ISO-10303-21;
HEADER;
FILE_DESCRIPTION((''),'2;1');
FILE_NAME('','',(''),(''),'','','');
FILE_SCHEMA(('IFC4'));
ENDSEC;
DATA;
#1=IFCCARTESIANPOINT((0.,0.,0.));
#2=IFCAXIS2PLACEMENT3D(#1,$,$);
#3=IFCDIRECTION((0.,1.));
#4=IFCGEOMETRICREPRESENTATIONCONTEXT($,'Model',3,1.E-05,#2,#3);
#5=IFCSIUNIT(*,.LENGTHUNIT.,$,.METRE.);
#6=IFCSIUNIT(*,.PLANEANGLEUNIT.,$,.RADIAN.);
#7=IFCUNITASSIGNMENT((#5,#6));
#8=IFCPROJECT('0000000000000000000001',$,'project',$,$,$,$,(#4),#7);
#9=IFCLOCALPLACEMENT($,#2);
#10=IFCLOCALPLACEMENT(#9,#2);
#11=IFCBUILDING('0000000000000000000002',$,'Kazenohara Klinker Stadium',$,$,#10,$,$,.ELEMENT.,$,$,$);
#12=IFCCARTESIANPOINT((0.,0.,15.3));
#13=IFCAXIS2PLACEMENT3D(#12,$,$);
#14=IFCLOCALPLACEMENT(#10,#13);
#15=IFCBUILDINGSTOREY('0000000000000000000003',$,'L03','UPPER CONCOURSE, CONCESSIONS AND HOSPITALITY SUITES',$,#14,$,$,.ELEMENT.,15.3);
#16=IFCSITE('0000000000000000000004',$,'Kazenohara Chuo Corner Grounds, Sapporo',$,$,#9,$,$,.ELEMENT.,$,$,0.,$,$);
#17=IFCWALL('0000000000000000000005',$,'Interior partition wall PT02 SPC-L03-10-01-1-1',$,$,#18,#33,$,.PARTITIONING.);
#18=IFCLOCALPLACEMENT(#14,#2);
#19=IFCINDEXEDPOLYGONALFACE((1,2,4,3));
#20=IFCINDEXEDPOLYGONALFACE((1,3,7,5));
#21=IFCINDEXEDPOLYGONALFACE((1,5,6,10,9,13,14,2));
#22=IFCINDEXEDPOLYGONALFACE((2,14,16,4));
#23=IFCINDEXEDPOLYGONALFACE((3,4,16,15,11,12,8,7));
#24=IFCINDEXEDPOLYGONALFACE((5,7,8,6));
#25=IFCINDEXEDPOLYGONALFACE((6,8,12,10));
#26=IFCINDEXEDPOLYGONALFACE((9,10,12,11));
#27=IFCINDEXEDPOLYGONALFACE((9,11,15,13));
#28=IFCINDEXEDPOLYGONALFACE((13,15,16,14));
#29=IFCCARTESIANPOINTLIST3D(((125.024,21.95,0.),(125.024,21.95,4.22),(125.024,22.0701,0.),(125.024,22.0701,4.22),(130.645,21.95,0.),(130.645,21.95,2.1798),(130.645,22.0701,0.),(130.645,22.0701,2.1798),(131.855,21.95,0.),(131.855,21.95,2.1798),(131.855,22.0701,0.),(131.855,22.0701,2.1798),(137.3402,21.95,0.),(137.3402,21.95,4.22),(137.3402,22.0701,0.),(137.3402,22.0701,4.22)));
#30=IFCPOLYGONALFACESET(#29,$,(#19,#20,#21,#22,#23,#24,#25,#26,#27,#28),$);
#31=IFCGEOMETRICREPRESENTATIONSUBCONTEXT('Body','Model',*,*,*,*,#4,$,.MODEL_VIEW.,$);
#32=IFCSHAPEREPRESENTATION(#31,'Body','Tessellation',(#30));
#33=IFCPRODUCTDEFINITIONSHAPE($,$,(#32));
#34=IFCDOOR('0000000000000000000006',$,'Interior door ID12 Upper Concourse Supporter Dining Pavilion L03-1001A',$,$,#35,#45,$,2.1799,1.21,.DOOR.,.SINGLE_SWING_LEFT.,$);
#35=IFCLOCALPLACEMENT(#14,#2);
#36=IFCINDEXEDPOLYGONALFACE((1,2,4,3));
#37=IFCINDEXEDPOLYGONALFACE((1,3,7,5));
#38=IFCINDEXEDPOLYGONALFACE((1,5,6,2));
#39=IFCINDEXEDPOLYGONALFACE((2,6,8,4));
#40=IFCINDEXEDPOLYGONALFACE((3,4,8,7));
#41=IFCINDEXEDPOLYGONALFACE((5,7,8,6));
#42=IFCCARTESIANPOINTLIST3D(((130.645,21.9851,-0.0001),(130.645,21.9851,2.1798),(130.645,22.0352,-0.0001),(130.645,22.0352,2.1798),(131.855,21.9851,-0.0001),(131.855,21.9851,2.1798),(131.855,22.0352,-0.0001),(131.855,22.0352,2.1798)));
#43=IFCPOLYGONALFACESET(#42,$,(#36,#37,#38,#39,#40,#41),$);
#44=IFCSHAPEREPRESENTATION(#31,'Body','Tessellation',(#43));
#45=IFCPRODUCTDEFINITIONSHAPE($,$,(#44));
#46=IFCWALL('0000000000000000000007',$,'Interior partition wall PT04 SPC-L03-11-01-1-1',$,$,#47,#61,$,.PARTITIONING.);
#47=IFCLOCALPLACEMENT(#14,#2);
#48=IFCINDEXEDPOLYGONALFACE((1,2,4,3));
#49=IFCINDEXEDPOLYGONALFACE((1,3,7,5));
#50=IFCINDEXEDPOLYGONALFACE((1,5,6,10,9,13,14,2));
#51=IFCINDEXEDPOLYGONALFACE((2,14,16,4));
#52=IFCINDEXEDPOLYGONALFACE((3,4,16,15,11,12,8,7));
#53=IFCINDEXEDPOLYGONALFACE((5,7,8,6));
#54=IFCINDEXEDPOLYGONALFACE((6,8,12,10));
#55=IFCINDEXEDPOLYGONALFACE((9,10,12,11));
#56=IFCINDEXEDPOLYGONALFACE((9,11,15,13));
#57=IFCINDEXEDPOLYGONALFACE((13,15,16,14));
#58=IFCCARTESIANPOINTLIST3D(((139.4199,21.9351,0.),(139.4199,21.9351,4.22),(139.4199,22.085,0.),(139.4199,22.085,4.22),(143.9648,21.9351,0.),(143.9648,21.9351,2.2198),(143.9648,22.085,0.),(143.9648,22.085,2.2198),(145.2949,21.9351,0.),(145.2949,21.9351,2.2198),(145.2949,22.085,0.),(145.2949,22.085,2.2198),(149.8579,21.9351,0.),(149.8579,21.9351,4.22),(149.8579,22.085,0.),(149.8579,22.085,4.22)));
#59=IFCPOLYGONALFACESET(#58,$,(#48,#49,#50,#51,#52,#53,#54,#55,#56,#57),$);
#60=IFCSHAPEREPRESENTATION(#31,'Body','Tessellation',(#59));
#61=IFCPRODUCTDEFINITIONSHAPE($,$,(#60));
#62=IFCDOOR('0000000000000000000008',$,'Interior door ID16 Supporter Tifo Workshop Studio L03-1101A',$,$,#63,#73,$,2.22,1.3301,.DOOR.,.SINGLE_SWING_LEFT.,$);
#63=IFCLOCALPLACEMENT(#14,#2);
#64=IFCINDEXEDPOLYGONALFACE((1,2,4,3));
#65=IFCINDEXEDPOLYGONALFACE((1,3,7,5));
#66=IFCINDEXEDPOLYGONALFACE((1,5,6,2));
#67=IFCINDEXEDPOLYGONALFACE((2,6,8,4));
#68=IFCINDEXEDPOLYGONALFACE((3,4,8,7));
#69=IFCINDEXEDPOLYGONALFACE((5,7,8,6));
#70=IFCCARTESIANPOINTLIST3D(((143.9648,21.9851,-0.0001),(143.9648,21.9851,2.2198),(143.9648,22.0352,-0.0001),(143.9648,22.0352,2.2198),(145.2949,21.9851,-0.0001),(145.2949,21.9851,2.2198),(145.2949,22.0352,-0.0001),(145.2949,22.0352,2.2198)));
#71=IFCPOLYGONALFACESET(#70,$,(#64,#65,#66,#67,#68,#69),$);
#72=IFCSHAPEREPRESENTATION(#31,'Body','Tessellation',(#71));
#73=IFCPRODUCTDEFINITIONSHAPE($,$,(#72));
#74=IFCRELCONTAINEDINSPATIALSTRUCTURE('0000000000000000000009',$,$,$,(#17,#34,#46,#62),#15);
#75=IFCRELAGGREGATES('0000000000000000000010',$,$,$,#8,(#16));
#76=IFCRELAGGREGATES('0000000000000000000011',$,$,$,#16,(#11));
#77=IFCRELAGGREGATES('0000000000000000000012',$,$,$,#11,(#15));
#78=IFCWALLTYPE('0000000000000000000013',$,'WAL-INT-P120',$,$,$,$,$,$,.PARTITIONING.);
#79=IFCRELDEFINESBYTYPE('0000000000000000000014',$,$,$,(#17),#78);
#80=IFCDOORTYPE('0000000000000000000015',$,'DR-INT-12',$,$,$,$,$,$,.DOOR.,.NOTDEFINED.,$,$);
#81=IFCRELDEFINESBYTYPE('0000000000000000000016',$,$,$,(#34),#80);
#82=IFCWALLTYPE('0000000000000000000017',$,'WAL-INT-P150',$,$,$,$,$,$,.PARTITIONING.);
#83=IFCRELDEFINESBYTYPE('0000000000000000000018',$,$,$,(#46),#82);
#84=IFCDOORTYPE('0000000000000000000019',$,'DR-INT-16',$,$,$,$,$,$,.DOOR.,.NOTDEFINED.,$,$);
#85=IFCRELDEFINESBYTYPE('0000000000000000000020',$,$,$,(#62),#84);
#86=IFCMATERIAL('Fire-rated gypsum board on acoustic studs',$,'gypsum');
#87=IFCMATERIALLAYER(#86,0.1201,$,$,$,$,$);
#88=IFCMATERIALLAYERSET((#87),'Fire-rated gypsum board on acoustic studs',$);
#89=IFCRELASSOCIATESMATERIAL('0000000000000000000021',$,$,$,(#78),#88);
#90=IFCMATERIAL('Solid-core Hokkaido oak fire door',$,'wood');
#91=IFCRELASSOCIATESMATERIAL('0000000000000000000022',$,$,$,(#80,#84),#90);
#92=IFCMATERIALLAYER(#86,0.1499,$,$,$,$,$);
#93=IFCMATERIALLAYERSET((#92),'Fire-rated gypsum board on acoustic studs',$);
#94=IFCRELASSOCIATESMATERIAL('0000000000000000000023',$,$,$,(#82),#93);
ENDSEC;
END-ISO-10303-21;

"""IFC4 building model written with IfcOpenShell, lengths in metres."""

from ifc_helpers import new_model, si_unit, direction, frame, frame_2d, origin, place, context, subcontext, project, spatial, rectangle, extrude, material, layer, layer_set, type_object, element, fill, save


model = new_model("IFC4")

# Units and contexts
model_context = context("Model", 3, precision=1e-05, world=origin(), true_north=direction((0.0, 1.0)))
body_context = subcontext(model_context, "Body", "Model", "MODEL_VIEW")
ifc_project = project(units=[si_unit("LENGTHUNIT", "METRE"), si_unit("PLANEANGLEUNIT", "RADIAN")], contexts=[model_context])

# Site, building, storey
site_placement = place(None, origin())
site = spatial("IfcSite", under=ifc_project, at=site_placement, Name="Kazenohara Chuo Corner Grounds, Sapporo", CompositionType="ELEMENT", RefElevation=0.0)
building_placement = place(site_placement, origin())
building = spatial("IfcBuilding", under=site, at=building_placement, Name="Kazenohara Klinker Stadium", CompositionType="ELEMENT")
storey_placement = place(building_placement, frame((0.0, 0.0, 15.3)))
storey = spatial("IfcBuildingStorey", under=building, at=storey_placement, Name="L03", Description="UPPER CONCOURSE, CONCESSIONS AND HOSPITALITY SUITES", CompositionType="ELEMENT", Elevation=15.3)

# Walls, openings, doors
ifc_material_1 = material(Name="Fire-rated gypsum board on acoustic studs", Category="gypsum")
ifc_layer_1 = layer(ifc_material_1, 0.1201)
ifc_layer_set_1 = layer_set([ifc_layer_1], Name="Fire-rated gypsum board on acoustic studs")
wall_type_1 = type_object("IfcWallType", Name="WAL-INT-P120", PredefinedType="PARTITIONING", material=ifc_layer_set_1)
wall_1_placement = place(storey_placement, frame((125.0239, 22.01, 0.0), z_axis=(0.0, 0.0, 1.0), x_axis=(1.0, 0.0, 0.0)))
wall_1 = element("IfcWall", 1, at=wall_1_placement, inside=storey, type_object=wall_type_1, Name="Interior partition wall PT02 SPC-L03-10-01-1-1", PredefinedType="PARTITIONING", context=body_context, shape_type="SweptSolid", body=[
    extrude(rectangle(XDim=12.3162, YDim=0.1201, at=frame_2d((6.1582, 0.0))), origin(), (0.0, 0.0, 1.0), 4.22),
])
opening_1_placement = place(wall_1_placement, frame((6.8311, 0.0, 0.0), z_axis=(0.0, 0.0, 1.0), x_axis=(-1.0, 0.0, 0.0)))
opening_1 = element("IfcOpeningElement", 2, at=opening_1_placement, cuts=wall_1, PredefinedType="OPENING", context=body_context, shape_type="SweptSolid", body=[
    extrude(rectangle(XDim=1.21, YDim=2.1799, at=frame_2d((0.605, 1.0898))), frame((0.0, 0.0701, 0.0), z_axis=(0.0, -1.0, 0.0), x_axis=(1.0, 0.0, 0.0)), (0.0, 0.0, 1.0), 0.1401),
])
ifc_material_2 = material(Name="Solid-core Hokkaido oak fire door", Category="wood")
door_type_1 = type_object("IfcDoorType", Name="DR-INT-12", OperationType="NOTDEFINED", PredefinedType="DOOR", material=ifc_material_2)
door_1_placement = place(opening_1_placement, origin())
door_1 = element("IfcDoor", 3, at=door_1_placement, inside=storey, type_object=door_type_1, Name="Interior door ID12 Upper Concourse Supporter Dining Pavilion L03-1001A", OperationType="SINGLE_SWING_LEFT", OverallHeight=2.1799, OverallWidth=1.21, PredefinedType="DOOR", context=body_context, shape_type="SweptSolid", body=[
    extrude(rectangle(XDim=1.21, YDim=2.1799, at=frame_2d((0.605, 1.0898))), frame((0.0, 0.0249, 0.0), z_axis=(0.0, -1.0, 0.0), x_axis=(1.0, 0.0, 0.0)), (0.0, 0.0, 1.0), 0.05),
])
fill(opening_1, door_1)
ifc_layer_2 = layer(ifc_material_1, 0.1499)
ifc_layer_set_2 = layer_set([ifc_layer_2], Name="Fire-rated gypsum board on acoustic studs")
wall_type_2 = type_object("IfcWallType", Name="WAL-INT-P150", PredefinedType="PARTITIONING", material=ifc_layer_set_2)
wall_2_placement = place(storey_placement, frame((139.4199, 22.01, 0.0), z_axis=(0.0, 0.0, 1.0), x_axis=(1.0, 0.0, 0.0)))
wall_2 = element("IfcWall", 4, at=wall_2_placement, inside=storey, type_object=wall_type_2, Name="Interior partition wall PT04 SPC-L03-11-01-1-1", PredefinedType="PARTITIONING", context=body_context, shape_type="SweptSolid", body=[
    extrude(rectangle(XDim=10.438, YDim=0.1499, at=frame_2d((5.219, 0.0))), origin(), (0.0, 0.0, 1.0), 4.22),
])
opening_2_placement = place(wall_2_placement, frame((5.875, 0.0, 0.0), z_axis=(0.0, 0.0, 1.0), x_axis=(-1.0, 0.0, 0.0)))
opening_2 = element("IfcOpeningElement", 5, at=opening_2_placement, cuts=wall_2, PredefinedType="OPENING", context=body_context, shape_type="SweptSolid", body=[
    extrude(rectangle(XDim=1.3301, YDim=2.22, at=frame_2d((0.665, 1.1099))), frame((0.0, 0.085, 0.0), z_axis=(0.0, -1.0, 0.0), x_axis=(1.0, 0.0, 0.0)), (0.0, 0.0, 1.0), 0.1699),
])
door_type_2 = type_object("IfcDoorType", Name="DR-INT-16", OperationType="NOTDEFINED", PredefinedType="DOOR", material=ifc_material_2)
door_2_placement = place(opening_2_placement, origin())
door_2 = element("IfcDoor", 6, at=door_2_placement, inside=storey, type_object=door_type_2, Name="Interior door ID16 Supporter Tifo Workshop Studio L03-1101A", OperationType="SINGLE_SWING_LEFT", OverallHeight=2.22, OverallWidth=1.3301, PredefinedType="DOOR", context=body_context, shape_type="SweptSolid", body=[
    extrude(rectangle(XDim=1.3301, YDim=2.22, at=frame_2d((0.665, 1.1099))), frame((0.0, 0.0249, 0.0), z_axis=(0.0, -1.0, 0.0), x_axis=(1.0, 0.0, 0.0)), (0.0, 0.0, 1.0), 0.05),
])
fill(opening_2, door_2)

save(model, "model.ifc")
